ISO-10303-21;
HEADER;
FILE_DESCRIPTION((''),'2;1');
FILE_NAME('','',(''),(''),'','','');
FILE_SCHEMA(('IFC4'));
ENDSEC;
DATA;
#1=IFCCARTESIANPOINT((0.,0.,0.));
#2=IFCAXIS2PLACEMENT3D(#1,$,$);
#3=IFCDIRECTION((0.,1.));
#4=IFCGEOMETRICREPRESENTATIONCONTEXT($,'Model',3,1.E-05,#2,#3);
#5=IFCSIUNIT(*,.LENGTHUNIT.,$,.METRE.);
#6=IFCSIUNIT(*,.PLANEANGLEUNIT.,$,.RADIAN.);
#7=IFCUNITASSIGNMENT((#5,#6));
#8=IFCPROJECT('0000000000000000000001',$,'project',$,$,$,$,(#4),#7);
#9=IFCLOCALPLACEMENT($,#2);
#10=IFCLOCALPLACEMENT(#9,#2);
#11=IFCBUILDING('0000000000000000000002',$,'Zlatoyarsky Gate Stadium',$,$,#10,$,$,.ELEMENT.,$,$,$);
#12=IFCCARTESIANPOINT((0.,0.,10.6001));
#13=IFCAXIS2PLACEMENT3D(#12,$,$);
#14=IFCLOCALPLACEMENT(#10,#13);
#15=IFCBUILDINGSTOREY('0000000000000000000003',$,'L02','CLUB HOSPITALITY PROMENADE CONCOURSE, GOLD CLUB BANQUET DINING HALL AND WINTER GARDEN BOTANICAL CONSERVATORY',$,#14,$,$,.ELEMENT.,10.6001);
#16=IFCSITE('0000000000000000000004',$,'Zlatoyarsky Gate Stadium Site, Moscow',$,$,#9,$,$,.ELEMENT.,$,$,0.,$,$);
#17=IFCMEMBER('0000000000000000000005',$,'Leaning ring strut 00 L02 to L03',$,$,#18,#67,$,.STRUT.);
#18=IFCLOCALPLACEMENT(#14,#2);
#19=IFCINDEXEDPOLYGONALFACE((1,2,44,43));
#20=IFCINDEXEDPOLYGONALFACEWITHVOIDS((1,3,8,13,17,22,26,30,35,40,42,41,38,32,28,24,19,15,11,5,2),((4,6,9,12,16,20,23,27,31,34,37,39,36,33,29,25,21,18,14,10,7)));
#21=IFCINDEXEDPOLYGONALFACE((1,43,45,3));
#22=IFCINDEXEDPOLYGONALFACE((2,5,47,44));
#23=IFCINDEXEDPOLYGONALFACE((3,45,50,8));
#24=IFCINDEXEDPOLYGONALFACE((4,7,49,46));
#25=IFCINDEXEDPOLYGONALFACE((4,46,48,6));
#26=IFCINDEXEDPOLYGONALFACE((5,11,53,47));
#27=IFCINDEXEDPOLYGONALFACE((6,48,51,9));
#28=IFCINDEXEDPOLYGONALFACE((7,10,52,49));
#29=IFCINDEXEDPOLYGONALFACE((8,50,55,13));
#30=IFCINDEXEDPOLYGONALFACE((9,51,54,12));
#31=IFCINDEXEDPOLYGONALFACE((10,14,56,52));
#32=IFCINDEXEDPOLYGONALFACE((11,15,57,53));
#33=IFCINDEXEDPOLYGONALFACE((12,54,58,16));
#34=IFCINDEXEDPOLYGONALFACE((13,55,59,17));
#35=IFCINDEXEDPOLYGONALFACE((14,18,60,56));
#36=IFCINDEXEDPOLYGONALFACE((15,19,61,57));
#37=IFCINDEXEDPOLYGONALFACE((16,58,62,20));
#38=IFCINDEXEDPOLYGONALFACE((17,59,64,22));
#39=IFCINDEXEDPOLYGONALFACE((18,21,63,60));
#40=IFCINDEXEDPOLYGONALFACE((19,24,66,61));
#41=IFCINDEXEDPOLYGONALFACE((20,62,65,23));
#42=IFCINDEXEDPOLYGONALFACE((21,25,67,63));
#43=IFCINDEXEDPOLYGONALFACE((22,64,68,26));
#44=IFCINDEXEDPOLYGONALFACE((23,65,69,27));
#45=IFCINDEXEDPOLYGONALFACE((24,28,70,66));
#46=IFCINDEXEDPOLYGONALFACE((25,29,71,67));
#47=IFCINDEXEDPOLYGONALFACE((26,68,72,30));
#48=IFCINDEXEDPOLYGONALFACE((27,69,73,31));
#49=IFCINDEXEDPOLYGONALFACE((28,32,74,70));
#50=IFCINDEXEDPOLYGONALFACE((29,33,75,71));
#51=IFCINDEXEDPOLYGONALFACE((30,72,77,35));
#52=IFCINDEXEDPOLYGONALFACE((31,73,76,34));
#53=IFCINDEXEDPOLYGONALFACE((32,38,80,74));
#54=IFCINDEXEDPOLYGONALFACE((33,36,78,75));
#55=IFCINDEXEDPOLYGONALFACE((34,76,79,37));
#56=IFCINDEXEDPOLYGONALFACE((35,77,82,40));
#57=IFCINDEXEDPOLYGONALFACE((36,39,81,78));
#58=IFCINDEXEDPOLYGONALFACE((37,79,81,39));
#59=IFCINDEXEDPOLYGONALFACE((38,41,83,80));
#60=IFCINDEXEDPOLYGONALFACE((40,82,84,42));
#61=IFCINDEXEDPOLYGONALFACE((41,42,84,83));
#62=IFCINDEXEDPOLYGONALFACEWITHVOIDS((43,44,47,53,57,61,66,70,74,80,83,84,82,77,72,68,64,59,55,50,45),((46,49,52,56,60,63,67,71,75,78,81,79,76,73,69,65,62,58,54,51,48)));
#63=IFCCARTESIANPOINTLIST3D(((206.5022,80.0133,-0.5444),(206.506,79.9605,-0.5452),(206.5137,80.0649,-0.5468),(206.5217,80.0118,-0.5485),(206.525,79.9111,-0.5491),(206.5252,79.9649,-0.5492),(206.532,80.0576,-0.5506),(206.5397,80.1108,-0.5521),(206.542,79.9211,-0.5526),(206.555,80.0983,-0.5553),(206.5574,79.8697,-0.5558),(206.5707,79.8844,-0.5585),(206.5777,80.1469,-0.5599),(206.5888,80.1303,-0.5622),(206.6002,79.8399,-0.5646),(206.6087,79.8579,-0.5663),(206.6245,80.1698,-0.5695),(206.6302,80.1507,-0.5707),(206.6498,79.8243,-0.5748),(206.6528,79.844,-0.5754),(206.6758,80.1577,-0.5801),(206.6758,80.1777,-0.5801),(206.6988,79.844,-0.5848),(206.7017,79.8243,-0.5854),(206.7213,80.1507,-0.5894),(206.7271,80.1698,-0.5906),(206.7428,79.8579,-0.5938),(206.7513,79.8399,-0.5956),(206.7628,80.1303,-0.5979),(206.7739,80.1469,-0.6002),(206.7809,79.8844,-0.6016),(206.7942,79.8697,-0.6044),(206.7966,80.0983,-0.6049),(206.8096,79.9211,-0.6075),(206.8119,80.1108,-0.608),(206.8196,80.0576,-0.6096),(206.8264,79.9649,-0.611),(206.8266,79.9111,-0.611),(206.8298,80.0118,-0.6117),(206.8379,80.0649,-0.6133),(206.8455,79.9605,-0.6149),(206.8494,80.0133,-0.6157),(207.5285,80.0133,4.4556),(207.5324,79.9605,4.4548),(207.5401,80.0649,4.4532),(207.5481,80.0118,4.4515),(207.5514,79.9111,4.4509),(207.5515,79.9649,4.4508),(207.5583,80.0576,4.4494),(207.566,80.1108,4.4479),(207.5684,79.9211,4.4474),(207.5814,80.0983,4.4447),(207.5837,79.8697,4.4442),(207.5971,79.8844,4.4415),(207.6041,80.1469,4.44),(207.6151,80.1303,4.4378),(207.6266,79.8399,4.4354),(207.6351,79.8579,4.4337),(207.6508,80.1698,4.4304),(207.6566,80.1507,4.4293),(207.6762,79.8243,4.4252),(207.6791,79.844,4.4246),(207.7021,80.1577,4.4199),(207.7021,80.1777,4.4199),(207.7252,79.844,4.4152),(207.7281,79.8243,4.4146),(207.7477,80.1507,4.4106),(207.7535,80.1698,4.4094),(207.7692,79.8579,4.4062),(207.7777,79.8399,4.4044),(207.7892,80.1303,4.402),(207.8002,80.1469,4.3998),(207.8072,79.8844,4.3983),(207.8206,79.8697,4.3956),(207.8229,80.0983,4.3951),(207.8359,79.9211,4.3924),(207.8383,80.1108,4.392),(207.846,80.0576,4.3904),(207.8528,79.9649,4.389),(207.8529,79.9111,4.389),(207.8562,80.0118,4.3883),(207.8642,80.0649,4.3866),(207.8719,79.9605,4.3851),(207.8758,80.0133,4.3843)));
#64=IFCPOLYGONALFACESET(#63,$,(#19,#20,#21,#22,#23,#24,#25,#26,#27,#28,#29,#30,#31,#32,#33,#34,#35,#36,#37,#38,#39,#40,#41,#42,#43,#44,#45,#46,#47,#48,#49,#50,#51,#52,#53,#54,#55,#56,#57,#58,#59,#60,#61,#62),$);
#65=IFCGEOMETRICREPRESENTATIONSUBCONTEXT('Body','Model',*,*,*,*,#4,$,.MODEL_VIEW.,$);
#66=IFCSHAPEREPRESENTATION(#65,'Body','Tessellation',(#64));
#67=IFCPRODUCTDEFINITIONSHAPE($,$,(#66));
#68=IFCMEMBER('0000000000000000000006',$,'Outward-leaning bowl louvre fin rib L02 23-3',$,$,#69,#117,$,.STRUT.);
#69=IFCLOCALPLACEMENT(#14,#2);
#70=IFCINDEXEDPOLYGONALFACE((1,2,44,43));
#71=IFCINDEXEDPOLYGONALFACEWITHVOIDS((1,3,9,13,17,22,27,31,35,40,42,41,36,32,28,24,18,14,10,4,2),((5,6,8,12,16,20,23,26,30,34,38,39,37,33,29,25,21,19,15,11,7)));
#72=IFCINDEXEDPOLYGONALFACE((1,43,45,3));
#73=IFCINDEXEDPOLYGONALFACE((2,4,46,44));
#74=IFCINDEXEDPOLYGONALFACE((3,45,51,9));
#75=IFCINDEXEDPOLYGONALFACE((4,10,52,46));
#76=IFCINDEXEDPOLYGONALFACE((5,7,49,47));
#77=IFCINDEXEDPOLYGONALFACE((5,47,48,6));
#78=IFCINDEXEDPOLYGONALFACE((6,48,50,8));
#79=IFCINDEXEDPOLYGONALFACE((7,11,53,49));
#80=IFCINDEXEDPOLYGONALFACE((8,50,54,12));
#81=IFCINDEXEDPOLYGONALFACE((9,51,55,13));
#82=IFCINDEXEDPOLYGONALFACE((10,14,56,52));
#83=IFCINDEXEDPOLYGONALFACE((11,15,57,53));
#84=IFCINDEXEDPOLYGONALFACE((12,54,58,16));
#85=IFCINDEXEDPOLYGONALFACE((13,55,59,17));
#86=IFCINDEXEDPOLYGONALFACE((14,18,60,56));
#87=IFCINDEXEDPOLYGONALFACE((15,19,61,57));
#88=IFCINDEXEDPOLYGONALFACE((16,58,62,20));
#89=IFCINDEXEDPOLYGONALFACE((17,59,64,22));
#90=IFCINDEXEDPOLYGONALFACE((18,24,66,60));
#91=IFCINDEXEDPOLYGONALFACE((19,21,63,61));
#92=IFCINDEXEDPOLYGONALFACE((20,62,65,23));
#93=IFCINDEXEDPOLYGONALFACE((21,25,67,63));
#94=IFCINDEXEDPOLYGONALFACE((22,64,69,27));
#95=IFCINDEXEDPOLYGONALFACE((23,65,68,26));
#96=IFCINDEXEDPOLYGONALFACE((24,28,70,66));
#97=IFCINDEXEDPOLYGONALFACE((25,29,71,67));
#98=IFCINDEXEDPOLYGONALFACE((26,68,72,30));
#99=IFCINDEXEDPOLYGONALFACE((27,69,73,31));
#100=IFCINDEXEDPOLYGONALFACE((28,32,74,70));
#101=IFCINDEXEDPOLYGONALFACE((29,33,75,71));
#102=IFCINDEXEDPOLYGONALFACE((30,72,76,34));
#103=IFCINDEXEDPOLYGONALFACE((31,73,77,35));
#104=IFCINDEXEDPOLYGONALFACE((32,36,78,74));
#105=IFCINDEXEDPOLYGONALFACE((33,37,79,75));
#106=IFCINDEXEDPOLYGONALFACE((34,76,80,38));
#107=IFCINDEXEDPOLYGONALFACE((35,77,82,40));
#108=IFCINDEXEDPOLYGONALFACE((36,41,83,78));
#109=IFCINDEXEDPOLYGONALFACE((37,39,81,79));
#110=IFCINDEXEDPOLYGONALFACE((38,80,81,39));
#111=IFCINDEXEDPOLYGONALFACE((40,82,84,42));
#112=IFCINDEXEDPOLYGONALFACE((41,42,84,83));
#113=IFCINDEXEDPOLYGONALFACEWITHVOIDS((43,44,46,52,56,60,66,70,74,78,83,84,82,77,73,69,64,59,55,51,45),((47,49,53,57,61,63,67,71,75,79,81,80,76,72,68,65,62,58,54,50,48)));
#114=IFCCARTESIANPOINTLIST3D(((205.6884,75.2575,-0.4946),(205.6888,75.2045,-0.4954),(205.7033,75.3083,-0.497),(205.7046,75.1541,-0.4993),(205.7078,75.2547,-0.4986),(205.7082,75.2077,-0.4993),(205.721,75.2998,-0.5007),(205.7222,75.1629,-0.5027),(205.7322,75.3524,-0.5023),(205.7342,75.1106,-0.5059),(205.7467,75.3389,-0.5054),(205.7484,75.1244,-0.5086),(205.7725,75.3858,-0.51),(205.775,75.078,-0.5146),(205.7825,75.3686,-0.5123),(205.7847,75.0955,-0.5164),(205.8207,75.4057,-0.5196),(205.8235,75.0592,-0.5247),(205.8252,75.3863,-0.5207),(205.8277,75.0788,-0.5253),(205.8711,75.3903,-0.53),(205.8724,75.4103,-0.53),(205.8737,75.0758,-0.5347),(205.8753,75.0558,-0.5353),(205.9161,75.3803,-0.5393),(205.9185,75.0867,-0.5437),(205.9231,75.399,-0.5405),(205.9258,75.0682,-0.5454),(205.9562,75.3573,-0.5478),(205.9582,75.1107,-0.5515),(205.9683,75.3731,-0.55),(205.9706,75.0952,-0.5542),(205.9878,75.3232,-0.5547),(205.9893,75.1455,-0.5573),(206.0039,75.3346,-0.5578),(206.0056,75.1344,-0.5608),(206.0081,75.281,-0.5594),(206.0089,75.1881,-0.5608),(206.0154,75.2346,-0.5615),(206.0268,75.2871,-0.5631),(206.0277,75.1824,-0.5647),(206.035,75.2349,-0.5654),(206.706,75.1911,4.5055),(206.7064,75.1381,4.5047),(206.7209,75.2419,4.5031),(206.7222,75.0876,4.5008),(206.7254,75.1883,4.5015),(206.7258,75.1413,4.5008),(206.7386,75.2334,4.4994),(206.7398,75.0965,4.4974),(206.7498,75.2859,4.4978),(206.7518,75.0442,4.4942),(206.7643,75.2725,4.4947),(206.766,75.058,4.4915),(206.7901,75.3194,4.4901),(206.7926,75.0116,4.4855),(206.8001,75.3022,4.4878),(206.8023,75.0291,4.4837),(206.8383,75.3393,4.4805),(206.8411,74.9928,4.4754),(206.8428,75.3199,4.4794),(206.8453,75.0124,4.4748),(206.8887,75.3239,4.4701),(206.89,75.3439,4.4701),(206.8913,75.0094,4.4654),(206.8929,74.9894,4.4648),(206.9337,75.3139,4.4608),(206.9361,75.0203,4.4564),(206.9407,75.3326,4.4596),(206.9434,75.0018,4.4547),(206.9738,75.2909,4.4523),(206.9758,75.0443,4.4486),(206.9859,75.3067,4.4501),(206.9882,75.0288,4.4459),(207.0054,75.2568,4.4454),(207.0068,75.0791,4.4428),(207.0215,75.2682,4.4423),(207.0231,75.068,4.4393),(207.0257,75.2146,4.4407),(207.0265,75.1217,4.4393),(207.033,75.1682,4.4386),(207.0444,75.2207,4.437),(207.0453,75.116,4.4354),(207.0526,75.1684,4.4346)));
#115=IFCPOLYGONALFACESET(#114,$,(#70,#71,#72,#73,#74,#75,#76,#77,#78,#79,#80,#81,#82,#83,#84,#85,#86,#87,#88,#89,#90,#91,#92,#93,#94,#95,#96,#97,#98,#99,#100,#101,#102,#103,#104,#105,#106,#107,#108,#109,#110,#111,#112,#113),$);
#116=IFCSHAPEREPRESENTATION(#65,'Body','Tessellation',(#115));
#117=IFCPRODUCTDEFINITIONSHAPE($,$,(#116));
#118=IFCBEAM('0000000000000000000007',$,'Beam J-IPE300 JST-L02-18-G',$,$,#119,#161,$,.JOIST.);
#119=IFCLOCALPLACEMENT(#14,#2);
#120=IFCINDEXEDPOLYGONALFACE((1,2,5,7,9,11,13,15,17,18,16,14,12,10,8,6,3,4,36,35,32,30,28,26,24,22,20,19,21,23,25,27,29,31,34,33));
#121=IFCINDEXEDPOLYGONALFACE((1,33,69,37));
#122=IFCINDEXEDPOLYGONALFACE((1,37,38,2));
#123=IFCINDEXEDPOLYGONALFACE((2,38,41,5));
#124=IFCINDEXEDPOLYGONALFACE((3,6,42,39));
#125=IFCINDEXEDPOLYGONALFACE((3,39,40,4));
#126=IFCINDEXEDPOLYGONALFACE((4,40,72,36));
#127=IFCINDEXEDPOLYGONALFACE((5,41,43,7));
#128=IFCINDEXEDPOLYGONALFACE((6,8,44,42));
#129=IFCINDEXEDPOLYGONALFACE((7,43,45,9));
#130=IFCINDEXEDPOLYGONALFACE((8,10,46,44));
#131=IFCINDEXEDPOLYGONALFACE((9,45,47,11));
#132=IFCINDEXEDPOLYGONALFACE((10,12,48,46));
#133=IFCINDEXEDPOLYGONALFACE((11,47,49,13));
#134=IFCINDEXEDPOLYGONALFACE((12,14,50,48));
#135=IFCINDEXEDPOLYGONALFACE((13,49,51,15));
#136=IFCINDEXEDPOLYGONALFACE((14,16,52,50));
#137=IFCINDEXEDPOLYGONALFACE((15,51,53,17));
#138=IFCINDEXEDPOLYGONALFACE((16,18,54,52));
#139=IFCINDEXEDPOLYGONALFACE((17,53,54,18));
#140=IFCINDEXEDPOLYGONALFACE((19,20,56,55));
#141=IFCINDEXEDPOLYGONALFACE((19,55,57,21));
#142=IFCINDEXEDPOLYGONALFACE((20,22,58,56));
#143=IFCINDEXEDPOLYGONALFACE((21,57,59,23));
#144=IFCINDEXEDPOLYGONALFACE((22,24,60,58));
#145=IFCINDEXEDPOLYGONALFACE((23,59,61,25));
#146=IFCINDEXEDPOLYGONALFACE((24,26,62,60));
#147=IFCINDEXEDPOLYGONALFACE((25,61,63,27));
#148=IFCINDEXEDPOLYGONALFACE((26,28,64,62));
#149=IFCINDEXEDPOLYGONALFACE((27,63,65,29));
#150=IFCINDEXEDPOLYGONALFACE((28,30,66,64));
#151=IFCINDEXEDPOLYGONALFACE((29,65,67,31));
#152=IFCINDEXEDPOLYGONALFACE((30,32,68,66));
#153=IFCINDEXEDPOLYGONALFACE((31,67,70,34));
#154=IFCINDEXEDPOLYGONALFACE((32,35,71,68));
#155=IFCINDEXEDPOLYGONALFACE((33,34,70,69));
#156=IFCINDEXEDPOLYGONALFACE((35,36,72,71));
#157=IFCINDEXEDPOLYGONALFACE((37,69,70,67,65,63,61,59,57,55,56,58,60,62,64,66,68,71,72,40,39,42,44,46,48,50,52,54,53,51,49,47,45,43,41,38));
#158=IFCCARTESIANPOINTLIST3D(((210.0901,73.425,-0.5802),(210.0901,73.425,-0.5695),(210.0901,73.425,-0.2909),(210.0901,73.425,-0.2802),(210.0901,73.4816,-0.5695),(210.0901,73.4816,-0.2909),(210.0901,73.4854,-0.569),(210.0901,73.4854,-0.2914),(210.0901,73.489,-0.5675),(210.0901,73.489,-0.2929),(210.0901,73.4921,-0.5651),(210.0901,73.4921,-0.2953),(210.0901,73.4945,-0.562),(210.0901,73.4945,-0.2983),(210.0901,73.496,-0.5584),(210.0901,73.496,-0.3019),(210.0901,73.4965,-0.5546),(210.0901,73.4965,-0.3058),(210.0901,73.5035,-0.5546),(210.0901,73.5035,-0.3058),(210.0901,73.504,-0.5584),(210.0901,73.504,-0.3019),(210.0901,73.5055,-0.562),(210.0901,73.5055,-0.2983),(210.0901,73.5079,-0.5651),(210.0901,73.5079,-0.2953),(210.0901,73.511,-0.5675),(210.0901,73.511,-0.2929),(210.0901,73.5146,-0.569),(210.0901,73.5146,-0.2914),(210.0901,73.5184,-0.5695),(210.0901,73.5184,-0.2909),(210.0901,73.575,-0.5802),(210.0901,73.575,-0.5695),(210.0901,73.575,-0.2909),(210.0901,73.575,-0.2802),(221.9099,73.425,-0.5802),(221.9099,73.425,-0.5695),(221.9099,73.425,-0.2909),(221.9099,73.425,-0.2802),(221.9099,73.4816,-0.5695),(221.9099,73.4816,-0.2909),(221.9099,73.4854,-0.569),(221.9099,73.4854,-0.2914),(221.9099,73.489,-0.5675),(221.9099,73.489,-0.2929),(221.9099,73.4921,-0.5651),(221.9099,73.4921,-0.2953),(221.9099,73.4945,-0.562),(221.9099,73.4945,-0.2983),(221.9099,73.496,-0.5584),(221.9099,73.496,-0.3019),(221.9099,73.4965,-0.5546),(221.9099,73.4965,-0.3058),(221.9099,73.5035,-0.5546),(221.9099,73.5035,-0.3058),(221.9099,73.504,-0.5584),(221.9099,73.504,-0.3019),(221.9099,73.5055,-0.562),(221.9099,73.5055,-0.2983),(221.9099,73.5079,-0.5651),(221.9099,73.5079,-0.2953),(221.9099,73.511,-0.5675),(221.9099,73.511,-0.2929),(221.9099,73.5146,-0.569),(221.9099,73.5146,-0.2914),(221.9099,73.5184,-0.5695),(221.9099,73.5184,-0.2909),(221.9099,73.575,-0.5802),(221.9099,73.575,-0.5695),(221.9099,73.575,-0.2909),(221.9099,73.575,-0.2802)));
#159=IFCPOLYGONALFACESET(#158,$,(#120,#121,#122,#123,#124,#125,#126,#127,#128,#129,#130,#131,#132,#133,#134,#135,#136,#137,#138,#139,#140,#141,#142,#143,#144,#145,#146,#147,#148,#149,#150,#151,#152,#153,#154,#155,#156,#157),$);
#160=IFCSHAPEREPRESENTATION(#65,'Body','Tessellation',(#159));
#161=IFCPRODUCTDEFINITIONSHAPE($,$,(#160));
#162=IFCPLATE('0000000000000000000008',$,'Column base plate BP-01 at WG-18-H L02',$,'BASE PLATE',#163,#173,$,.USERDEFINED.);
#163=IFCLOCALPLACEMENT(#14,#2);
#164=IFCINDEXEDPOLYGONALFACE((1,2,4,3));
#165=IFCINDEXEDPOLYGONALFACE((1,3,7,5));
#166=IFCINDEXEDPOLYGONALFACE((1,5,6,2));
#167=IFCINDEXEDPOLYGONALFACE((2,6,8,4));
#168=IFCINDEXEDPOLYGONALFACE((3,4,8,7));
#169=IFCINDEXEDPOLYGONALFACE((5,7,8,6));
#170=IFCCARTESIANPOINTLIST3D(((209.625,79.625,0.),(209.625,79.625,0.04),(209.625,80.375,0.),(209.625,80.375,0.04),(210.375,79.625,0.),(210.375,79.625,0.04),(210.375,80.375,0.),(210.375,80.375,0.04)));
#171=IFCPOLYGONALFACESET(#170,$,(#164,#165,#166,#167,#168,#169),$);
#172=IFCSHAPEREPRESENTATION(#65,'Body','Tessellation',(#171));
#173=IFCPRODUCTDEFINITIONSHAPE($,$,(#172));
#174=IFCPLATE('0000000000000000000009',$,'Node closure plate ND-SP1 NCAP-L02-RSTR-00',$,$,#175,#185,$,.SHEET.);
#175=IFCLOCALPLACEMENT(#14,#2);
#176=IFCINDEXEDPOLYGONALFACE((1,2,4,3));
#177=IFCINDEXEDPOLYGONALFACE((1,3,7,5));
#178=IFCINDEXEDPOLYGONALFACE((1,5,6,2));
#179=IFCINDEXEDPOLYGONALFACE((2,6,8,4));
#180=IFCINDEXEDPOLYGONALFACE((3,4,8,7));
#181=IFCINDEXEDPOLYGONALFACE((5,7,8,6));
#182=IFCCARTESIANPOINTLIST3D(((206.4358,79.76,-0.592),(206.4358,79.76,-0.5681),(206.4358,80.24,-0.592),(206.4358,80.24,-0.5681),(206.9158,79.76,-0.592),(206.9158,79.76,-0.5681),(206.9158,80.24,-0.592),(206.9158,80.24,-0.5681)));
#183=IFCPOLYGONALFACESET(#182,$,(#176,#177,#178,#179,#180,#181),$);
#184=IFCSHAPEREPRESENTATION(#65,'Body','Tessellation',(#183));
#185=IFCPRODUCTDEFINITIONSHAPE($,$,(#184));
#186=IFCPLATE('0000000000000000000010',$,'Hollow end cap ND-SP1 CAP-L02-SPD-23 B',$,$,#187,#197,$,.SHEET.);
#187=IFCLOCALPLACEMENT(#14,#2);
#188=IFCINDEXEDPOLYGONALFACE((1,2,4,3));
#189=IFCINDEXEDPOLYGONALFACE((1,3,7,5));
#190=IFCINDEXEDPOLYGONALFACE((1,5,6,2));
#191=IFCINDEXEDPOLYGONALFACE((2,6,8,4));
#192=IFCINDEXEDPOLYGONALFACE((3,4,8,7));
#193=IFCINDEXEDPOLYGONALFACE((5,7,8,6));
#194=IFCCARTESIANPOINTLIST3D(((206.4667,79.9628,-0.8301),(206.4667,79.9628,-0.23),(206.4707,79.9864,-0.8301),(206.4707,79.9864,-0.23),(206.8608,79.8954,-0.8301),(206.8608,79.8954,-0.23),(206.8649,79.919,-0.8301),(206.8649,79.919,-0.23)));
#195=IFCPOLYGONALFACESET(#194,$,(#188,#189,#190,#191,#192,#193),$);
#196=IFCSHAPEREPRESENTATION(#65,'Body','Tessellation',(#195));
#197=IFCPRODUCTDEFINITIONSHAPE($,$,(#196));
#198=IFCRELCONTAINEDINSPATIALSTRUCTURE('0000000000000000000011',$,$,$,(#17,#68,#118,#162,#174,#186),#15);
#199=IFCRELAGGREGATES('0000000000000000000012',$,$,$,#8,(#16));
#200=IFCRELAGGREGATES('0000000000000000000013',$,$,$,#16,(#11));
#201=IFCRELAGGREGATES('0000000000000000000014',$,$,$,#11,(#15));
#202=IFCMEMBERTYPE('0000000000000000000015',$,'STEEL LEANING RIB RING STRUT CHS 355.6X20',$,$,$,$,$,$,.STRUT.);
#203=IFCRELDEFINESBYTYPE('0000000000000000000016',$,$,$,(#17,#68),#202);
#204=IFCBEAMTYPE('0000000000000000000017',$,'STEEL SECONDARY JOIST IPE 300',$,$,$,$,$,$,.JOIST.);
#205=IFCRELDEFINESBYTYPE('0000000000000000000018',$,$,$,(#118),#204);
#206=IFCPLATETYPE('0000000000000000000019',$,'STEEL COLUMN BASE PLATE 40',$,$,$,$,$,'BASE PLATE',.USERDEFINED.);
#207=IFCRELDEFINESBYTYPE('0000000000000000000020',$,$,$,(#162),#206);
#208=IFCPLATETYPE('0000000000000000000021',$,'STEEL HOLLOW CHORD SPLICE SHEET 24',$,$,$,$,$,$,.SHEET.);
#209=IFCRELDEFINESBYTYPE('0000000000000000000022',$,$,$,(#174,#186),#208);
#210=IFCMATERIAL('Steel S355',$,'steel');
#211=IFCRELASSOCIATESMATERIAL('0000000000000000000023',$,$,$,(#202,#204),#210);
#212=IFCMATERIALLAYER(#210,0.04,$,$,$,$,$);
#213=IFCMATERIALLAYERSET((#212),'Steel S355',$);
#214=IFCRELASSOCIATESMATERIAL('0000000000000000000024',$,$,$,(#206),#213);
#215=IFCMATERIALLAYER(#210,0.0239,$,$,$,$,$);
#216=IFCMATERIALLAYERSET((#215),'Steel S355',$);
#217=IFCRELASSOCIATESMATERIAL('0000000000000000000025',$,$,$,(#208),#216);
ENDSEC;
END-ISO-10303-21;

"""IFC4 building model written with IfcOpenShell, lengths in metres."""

from ifc_helpers import new_model, si_unit, direction, frame, origin, origin_2d, place, context, subcontext, project, spatial, rectangle, hollow_circle, i_section, extrude, material, layer, layer_set, material_profile, profile_set, type_object, element, save


model = new_model("IFC4")

# Units and contexts
model_context = context("Model", 3, precision=1e-05, world=origin(), true_north=direction((0.0, 1.0)))
body_context = subcontext(model_context, "Body", "Model", "MODEL_VIEW")
ifc_project = project(units=[si_unit("LENGTHUNIT", "METRE"), si_unit("PLANEANGLEUNIT", "RADIAN")], contexts=[model_context])

# Site, building, storey
site_placement = place(None, origin())
site = spatial("IfcSite", under=ifc_project, at=site_placement, Name="Zlatoyarsky Gate Stadium Site, Moscow", CompositionType="ELEMENT", RefElevation=0.0)
building_placement = place(site_placement, origin())
building = spatial("IfcBuilding", under=site, at=building_placement, Name="Zlatoyarsky Gate Stadium", CompositionType="ELEMENT")
storey_placement = place(building_placement, frame((0.0, 0.0, 10.6001)))
storey = spatial("IfcBuildingStorey", under=building, at=storey_placement, Name="L02", Description="CLUB HOSPITALITY PROMENADE CONCOURSE, GOLD CLUB BANQUET DINING HALL AND WINTER GARDEN BOTANICAL CONSERVATORY", CompositionType="ELEMENT", Elevation=10.6001)

# Shared definitions
ifc_material_1 = material(Name="Steel S355", Category="steel")

# Members
ifc_material_profile_1 = material_profile(ifc_material_1, hollow_circle(Radius=0.1777, WallThickness=0.02, at=origin_2d()), Name="CHS 355.6X20")
ifc_profile_set_1 = profile_set([ifc_material_profile_1], Name="Steel S355")
member_type_1 = type_object("IfcMemberType", Name="STEEL LEANING RIB RING STRUT CHS 355.6X20", PredefinedType="STRUT", material=ifc_profile_set_1)
member_1_placement = place(storey_placement, frame((206.6758, 80.0, -0.5801), z_axis=(0.201081, 0.0, 0.979575), x_axis=(0.0, 1.0, 0.0)))
element("IfcMember", 1, at=member_1_placement, inside=storey, type_object=member_type_1, Name="Leaning ring strut 00 L02 to L03", PredefinedType="STRUT", context=body_context, shape_type="SweptSolid", body=[
    extrude(hollow_circle(Radius=0.1777, WallThickness=0.02, at=origin_2d()), origin(), (0.0, 0.0, 1.0), 5.1042),
])
member_2_placement = place(storey_placement, frame((205.8608, 75.2329, -0.53), z_axis=(0.199411, -0.013013, 0.97983), x_axis=(0.065121, 0.997877, 0.0)))
element("IfcMember", 2, at=member_2_placement, inside=storey, type_object=member_type_1, Name="Outward-leaning bowl louvre fin rib L02 23-3", PredefinedType="STRUT", context=body_context, shape_type="SweptSolid", body=[
    extrude(hollow_circle(Radius=0.1777, WallThickness=0.02, at=origin_2d()), origin(), (0.0, 0.0, 1.0), 5.103),
])

# Beam
ifc_material_profile_2 = material_profile(ifc_material_1, i_section(OverallWidth=0.1499, OverallDepth=0.3, WebThickness=0.0071, FlangeThickness=0.0107, FilletRadius=0.0149, at=origin_2d()), Name="IPE 300")
ifc_profile_set_2 = profile_set([ifc_material_profile_2], Name="Steel S355")
beam_type_1 = type_object("IfcBeamType", Name="STEEL SECONDARY JOIST IPE 300", PredefinedType="JOIST", material=ifc_profile_set_2)
beam_1_placement = place(storey_placement, frame((210.0901, 73.5, -0.4302), z_axis=(1.0, 0.0, 0.0), x_axis=(0.0, 1.0, 0.0)))
element("IfcBeam", 3, at=beam_1_placement, inside=storey, type_object=beam_type_1, Name="Beam J-IPE300 JST-L02-18-G", PredefinedType="JOIST", context=body_context, shape_type="SweptSolid", body=[
    extrude(i_section(OverallWidth=0.1499, OverallDepth=0.3, WebThickness=0.0071, FlangeThickness=0.0107, FilletRadius=0.0149, at=origin_2d()), origin(), (0.0, 0.0, 1.0), 11.8198),
])

# Plates
ifc_layer_1 = layer(ifc_material_1, 0.04)
ifc_layer_set_1 = layer_set([ifc_layer_1], Name="Steel S355")
plate_type_1 = type_object("IfcPlateType", Name="STEEL COLUMN BASE PLATE 40", ElementType="BASE PLATE", PredefinedType="USERDEFINED", material=ifc_layer_set_1)
plate_1_placement = place(storey_placement, frame((210.0, 80.0, 0.0), z_axis=(0.0, 0.0, 1.0), x_axis=(1.0, 0.0, 0.0)))
element("IfcPlate", 4, at=plate_1_placement, inside=storey, type_object=plate_type_1, Name="Column base plate BP-01 at WG-18-H L02", ObjectType="BASE PLATE", PredefinedType="USERDEFINED", context=body_context, shape_type="SweptSolid", body=[
    extrude(rectangle(XDim=0.75, YDim=0.75, at=origin_2d()), origin(), (0.0, 0.0, 1.0), 0.04),
])
ifc_layer_2 = layer(ifc_material_1, 0.0239)
ifc_layer_set_2 = layer_set([ifc_layer_2], Name="Steel S355")
plate_type_2 = type_object("IfcPlateType", Name="STEEL HOLLOW CHORD SPLICE SHEET 24", PredefinedType="SHEET", material=ifc_layer_set_2)
plate_2_placement = place(storey_placement, frame((206.6758, 80.0, -0.592), z_axis=(0.0, 0.0, 1.0), x_axis=(1.0, 0.0, 0.0)))
element("IfcPlate", 5, at=plate_2_placement, inside=storey, type_object=plate_type_2, Name="Node closure plate ND-SP1 NCAP-L02-RSTR-00", PredefinedType="SHEET", context=body_context, shape_type="SweptSolid", body=[
    extrude(rectangle(XDim=0.48, YDim=0.48, at=origin_2d()), origin(), (0.0, 0.0, 1.0), 0.0239),
])
plate_3_placement = place(storey_placement, frame((206.6658, 79.9409, -0.8301), z_axis=(0.0, 0.0, 1.0), x_axis=(0.168521, 0.985698, 0.0)))
element("IfcPlate", 6, at=plate_3_placement, inside=storey, type_object=plate_type_2, Name="Hollow end cap ND-SP1 CAP-L02-SPD-23 B", PredefinedType="SHEET", context=body_context, shape_type="SweptSolid", body=[
    extrude(rectangle(XDim=0.0239, YDim=0.3999, at=origin_2d()), origin(), (0.0, 0.0, 1.0), 0.6001),
])

save(model, "model.ifc")
